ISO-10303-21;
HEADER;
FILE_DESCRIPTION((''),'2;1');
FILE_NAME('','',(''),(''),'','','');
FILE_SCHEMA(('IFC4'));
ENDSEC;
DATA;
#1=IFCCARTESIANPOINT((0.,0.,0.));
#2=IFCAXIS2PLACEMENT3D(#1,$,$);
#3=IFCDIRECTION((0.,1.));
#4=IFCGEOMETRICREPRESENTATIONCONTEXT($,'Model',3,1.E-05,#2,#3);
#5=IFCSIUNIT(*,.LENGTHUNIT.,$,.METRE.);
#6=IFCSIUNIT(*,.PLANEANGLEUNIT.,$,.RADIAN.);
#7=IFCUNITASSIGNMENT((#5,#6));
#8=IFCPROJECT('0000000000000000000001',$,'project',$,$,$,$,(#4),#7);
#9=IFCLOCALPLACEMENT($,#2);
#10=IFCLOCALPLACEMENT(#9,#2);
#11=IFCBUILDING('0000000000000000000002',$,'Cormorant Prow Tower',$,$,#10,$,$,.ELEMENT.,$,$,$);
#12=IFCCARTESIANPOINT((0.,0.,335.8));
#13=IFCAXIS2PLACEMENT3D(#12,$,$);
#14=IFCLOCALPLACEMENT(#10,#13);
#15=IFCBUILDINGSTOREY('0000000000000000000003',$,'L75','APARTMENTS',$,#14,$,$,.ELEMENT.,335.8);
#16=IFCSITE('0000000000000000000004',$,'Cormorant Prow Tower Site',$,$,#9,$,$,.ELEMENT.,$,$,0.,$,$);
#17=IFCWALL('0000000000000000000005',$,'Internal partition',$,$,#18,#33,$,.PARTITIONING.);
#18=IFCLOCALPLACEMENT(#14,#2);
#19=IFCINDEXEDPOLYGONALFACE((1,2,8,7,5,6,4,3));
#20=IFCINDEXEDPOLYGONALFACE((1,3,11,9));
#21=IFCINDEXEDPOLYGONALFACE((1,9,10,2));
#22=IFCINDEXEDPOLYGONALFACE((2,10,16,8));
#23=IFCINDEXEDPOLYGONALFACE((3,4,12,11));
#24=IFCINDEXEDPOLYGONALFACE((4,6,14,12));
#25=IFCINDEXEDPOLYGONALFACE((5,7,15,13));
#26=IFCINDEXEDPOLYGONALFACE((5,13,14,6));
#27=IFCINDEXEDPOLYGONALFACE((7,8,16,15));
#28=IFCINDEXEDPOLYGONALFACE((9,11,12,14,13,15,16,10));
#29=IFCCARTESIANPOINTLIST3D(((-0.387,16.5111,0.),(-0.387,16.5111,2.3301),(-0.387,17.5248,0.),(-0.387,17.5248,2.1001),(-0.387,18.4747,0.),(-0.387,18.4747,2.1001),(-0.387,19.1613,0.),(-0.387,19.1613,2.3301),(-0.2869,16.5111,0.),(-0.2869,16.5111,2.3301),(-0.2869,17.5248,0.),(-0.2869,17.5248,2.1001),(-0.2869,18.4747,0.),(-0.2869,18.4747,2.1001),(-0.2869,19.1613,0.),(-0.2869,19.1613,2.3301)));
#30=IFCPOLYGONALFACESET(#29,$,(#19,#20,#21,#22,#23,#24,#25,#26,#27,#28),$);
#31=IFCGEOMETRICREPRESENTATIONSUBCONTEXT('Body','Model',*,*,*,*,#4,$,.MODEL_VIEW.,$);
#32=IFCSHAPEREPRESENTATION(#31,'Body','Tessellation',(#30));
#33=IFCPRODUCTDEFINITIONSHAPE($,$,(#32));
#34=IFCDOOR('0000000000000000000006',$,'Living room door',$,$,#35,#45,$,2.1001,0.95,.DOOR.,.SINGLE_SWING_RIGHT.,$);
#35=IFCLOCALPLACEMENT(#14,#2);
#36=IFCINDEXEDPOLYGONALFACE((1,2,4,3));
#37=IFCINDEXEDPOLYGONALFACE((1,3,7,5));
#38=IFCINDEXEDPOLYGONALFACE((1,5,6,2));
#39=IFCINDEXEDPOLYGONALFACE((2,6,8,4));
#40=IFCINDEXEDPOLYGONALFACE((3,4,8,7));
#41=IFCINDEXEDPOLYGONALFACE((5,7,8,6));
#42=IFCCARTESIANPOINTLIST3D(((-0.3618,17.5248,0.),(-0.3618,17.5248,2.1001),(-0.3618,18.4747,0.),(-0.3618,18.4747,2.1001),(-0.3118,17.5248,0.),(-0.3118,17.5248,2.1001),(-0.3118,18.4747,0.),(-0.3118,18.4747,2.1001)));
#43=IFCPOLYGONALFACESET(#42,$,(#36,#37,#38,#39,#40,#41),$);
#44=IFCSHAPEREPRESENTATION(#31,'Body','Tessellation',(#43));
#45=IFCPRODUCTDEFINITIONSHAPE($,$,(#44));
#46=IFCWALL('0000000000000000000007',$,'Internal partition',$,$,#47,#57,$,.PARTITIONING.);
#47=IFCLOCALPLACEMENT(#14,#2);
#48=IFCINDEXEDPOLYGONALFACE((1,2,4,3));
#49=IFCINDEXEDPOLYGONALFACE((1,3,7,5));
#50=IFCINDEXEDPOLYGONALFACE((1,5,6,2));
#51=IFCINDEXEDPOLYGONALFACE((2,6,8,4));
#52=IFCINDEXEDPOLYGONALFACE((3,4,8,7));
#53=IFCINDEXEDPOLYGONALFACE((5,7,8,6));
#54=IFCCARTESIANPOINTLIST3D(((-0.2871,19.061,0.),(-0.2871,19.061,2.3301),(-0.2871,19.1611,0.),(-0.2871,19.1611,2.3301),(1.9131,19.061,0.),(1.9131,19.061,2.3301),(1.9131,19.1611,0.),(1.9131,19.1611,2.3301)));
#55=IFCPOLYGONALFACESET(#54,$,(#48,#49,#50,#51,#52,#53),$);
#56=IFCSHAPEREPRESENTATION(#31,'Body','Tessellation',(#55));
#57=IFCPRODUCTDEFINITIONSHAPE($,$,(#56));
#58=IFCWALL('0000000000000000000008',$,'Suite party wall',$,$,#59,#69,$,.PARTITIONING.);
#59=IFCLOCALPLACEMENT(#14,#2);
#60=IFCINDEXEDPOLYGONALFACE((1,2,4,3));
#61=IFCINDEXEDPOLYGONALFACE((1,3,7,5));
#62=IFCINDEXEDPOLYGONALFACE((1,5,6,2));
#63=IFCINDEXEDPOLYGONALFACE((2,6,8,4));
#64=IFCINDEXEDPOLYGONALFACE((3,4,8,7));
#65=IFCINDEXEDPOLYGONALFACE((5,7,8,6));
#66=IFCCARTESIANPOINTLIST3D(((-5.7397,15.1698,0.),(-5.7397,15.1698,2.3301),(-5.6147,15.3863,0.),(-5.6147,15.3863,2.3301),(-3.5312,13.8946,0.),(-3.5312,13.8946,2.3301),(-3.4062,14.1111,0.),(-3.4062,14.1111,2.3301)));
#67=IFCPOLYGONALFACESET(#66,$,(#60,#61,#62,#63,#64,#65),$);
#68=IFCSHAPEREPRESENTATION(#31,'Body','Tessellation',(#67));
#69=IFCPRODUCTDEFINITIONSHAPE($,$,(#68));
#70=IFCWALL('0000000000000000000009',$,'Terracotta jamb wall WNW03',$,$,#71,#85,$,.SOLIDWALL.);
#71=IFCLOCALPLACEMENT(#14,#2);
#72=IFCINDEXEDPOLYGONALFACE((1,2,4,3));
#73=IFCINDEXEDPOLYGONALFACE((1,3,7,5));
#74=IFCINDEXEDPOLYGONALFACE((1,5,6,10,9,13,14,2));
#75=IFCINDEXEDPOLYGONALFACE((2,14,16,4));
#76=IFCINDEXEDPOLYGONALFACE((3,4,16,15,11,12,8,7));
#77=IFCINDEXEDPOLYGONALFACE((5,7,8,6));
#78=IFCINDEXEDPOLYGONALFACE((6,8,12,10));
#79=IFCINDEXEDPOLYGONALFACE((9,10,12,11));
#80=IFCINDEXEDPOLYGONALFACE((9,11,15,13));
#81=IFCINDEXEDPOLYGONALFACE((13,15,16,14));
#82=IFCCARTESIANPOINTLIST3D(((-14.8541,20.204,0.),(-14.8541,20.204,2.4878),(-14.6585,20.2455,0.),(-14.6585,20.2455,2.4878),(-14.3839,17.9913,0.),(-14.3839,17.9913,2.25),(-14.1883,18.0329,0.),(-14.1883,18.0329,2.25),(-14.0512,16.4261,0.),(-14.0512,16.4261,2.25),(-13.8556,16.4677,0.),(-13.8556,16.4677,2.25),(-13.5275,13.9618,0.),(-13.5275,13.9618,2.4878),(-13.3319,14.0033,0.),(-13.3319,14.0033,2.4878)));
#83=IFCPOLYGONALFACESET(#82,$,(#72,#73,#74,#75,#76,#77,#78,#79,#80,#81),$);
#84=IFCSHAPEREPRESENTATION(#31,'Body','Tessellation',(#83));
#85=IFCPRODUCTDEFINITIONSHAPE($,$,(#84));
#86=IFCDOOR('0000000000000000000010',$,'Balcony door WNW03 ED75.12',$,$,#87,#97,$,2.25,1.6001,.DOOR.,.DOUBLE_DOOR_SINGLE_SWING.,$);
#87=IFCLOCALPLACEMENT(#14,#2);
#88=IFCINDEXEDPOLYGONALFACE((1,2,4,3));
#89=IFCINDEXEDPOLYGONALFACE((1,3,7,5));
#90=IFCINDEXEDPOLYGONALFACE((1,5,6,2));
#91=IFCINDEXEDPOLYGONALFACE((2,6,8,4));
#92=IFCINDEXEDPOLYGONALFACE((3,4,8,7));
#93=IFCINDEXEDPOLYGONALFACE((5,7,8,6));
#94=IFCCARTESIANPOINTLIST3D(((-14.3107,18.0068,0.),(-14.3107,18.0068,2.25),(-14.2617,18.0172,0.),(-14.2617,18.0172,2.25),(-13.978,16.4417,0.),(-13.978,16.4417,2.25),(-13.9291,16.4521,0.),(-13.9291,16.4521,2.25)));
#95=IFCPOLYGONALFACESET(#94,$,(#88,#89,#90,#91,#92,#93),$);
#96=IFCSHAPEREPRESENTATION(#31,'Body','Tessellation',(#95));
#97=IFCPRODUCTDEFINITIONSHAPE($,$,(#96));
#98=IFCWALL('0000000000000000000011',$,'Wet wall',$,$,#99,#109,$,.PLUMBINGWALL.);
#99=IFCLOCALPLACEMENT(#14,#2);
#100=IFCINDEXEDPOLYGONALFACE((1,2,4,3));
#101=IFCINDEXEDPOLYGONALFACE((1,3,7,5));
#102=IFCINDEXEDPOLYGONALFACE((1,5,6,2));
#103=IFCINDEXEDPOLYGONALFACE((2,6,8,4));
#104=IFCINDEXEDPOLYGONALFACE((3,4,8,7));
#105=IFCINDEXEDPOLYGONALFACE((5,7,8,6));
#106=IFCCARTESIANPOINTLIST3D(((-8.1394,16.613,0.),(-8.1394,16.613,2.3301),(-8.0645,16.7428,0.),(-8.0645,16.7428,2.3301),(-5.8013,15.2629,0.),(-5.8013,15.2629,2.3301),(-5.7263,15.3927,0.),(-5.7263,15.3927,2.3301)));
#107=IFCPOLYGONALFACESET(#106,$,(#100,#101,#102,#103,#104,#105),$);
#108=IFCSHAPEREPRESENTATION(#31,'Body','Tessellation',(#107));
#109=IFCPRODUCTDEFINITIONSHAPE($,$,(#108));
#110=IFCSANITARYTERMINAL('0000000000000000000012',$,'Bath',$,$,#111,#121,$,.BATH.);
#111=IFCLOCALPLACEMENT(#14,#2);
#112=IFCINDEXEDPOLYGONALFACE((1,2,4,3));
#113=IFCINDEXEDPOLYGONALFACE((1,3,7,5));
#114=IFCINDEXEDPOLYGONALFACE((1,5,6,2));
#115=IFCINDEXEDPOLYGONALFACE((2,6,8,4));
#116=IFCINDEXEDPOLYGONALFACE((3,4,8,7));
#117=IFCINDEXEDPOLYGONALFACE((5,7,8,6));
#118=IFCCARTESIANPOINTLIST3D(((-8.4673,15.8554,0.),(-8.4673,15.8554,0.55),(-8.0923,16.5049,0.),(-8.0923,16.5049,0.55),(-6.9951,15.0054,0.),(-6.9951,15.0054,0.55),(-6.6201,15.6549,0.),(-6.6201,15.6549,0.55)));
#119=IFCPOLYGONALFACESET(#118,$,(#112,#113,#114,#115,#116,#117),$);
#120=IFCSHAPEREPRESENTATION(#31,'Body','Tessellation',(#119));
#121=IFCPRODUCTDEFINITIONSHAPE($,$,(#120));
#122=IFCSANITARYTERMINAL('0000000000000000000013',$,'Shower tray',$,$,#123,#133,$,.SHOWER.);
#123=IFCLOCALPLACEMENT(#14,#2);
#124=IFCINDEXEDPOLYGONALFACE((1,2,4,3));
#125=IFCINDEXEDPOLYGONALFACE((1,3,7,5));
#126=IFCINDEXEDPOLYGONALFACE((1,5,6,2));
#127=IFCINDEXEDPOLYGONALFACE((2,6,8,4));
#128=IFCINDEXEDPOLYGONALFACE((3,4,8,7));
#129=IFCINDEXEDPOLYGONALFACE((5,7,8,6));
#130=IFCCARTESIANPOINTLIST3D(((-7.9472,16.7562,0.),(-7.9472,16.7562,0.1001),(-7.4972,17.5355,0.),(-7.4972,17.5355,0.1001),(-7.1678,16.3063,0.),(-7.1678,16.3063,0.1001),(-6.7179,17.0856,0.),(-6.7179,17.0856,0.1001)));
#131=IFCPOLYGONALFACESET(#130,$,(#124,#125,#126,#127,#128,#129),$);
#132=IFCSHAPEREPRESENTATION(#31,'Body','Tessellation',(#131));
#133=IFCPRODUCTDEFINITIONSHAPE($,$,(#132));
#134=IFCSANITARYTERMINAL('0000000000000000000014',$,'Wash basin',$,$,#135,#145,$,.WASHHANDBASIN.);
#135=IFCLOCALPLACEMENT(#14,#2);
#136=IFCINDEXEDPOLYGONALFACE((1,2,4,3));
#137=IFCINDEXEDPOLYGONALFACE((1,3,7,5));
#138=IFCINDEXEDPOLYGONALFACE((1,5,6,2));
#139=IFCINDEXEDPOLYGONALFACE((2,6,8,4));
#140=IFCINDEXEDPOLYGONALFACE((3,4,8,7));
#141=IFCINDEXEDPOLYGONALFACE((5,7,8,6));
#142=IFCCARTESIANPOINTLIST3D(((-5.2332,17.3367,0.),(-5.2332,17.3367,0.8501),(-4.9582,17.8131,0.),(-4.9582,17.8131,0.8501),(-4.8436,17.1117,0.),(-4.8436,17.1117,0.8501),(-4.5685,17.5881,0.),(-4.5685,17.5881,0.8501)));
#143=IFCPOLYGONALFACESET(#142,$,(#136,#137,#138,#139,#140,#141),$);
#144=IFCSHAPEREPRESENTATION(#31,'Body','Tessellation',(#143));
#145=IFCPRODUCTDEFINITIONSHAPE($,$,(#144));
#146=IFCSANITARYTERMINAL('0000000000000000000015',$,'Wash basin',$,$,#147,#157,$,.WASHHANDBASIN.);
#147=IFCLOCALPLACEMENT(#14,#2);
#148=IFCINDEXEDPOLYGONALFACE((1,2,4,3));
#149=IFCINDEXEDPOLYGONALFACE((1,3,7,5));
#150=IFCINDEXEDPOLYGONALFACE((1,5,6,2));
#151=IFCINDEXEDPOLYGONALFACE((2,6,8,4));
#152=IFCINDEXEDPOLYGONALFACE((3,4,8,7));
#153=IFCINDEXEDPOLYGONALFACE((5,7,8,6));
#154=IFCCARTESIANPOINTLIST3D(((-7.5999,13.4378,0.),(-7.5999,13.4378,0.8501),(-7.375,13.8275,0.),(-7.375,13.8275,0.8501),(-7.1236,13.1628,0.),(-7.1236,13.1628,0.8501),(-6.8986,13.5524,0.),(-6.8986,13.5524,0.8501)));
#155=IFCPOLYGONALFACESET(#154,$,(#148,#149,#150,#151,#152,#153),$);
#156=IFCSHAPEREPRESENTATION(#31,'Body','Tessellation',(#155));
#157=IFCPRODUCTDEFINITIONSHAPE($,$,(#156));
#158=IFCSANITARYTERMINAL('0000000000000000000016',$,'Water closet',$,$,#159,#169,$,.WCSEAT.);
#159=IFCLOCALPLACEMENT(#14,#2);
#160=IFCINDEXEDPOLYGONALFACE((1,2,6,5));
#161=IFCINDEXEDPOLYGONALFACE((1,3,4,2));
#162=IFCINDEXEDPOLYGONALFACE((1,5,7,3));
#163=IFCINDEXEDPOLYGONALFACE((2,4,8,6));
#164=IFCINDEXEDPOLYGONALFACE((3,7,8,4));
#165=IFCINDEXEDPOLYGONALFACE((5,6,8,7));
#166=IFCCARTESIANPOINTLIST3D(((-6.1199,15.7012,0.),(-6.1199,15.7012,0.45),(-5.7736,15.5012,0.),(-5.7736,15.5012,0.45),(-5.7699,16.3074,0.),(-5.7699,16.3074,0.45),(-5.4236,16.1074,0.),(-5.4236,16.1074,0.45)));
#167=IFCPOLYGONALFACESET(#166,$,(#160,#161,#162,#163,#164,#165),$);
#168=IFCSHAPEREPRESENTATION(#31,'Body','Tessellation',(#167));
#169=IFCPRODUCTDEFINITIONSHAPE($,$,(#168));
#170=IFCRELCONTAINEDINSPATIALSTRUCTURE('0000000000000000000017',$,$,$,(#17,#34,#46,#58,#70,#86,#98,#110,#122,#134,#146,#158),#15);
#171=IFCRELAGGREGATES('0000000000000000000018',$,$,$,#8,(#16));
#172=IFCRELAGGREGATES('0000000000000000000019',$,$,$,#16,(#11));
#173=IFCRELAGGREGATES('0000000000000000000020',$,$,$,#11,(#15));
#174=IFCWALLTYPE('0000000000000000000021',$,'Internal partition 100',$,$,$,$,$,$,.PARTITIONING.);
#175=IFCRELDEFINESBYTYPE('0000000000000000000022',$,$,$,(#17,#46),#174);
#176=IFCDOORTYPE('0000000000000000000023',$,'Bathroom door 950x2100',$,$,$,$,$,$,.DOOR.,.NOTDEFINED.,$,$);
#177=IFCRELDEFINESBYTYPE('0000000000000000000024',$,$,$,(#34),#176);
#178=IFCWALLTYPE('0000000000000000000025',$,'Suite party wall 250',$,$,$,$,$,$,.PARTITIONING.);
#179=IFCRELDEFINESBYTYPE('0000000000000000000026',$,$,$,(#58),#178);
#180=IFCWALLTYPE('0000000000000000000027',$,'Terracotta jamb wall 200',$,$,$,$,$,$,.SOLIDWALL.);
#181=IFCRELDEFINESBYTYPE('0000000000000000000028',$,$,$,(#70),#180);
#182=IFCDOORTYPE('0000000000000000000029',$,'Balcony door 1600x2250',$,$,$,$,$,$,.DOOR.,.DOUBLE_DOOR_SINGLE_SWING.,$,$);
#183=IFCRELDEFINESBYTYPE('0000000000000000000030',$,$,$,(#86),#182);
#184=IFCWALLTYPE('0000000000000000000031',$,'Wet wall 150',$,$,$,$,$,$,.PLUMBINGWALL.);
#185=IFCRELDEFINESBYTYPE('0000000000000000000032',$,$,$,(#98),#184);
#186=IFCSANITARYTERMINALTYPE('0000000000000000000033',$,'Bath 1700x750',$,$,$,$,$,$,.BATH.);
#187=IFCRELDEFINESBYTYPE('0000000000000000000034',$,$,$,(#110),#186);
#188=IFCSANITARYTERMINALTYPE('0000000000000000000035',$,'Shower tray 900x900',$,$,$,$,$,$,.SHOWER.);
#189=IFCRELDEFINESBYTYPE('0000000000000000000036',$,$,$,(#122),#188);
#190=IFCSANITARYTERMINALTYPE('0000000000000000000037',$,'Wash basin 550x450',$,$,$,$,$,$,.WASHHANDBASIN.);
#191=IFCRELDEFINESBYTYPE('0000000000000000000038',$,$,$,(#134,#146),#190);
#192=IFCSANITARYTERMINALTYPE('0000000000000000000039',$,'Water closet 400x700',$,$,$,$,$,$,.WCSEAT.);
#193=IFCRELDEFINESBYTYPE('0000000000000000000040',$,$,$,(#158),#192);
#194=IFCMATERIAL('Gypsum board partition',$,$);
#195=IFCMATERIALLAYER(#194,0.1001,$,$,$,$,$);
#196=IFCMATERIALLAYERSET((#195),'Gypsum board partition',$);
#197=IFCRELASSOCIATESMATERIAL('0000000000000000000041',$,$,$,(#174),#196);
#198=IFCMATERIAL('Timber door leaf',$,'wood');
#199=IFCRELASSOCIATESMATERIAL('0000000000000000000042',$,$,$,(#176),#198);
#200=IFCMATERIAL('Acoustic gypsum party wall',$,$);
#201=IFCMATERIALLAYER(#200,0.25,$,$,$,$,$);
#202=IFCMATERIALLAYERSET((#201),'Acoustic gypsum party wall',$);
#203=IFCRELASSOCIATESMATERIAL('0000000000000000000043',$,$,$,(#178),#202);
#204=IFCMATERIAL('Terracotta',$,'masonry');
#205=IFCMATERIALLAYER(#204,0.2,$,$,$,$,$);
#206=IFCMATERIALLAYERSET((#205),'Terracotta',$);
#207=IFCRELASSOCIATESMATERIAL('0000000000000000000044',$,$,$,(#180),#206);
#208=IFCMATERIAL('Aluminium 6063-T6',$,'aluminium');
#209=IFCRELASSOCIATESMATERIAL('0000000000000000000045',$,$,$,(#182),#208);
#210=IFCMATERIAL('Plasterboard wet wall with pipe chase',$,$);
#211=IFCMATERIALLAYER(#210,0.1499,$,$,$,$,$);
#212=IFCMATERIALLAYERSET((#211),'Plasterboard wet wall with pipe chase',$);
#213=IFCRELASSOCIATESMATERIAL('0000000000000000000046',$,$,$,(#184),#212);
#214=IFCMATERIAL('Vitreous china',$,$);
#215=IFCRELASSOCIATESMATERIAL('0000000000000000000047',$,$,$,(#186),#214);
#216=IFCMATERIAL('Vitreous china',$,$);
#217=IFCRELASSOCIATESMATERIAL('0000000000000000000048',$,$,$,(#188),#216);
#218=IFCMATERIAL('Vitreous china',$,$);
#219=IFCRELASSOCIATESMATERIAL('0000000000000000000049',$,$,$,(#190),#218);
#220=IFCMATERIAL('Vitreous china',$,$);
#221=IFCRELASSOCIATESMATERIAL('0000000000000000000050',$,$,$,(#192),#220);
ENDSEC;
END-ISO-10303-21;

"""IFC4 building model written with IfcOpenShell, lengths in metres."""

from ifc_helpers import new_model, si_unit, direction, frame, frame_2d, origin, origin_2d, place, context, subcontext, project, spatial, rectangle, extrude, material, layer, layer_set, type_object, element, fill, save


model = new_model("IFC4")

# Units and contexts
model_context = context("Model", 3, precision=1e-05, world=origin(), true_north=direction((0.0, 1.0)))
body_context = subcontext(model_context, "Body", "Model", "MODEL_VIEW")
ifc_project = project(units=[si_unit("LENGTHUNIT", "METRE"), si_unit("PLANEANGLEUNIT", "RADIAN")], contexts=[model_context])

# Site, building, storey
site_placement = place(None, origin())
site = spatial("IfcSite", under=ifc_project, at=site_placement, Name="Cormorant Prow Tower Site", CompositionType="ELEMENT", RefElevation=0.0)
building_placement = place(site_placement, origin())
building = spatial("IfcBuilding", under=site, at=building_placement, Name="Cormorant Prow Tower", CompositionType="ELEMENT")
storey_placement = place(building_placement, frame((0.0, 0.0, 335.8)))
storey = spatial("IfcBuildingStorey", under=building, at=storey_placement, Name="L75", Description="APARTMENTS", CompositionType="ELEMENT", Elevation=335.8)

# Shared definitions
ifc_material_1 = material(Name="Gypsum board partition")
ifc_layer_1 = layer(ifc_material_1, 0.1001)
ifc_layer_set_1 = layer_set([ifc_layer_1], Name="Gypsum board partition")
wall_type_1 = type_object("IfcWallType", Name="Internal partition 100", PredefinedType="PARTITIONING", material=ifc_layer_set_1)
ifc_material_2 = material(Name="Timber door leaf", Category="wood")
door_type_1 = type_object("IfcDoorType", Name="Bathroom door 950x2100", OperationType="NOTDEFINED", PredefinedType="DOOR", material=ifc_material_2)

# Wall, opening, door
wall_1_placement = place(storey_placement, frame((-0.3369, 16.511, 0.0), z_axis=(0.0, 0.0, 1.0), x_axis=(0.0, 1.0, 0.0)))
wall_1 = element("IfcWall", 1, at=wall_1_placement, inside=storey, type_object=wall_type_1, Name="Internal partition", PredefinedType="PARTITIONING", context=body_context, shape_type="SweptSolid", body=[
    extrude(rectangle(XDim=2.6501, YDim=0.1001, at=frame_2d((1.3252, 0.0))), origin(), (0.0, 0.0, 1.0), 2.3301),
])
opening_1_placement = place(wall_1_placement, frame((1.0137, 0.0, 0.0)))
opening_1 = element("IfcOpeningElement", 2, at=opening_1_placement, cuts=wall_1, PredefinedType="OPENING", context=body_context, shape_type="SweptSolid", body=[
    extrude(rectangle(XDim=0.95, YDim=2.1001, at=frame_2d((0.4751, 1.05))), frame((0.0, 0.0601, 0.0), z_axis=(0.0, -1.0, 0.0), x_axis=(1.0, 0.0, 0.0)), (0.0, 0.0, 1.0), 0.1201),
])
door_1_placement = place(opening_1_placement, origin())
door_1 = element("IfcDoor", 3, at=door_1_placement, inside=storey, type_object=door_type_1, Name="Living room door", OperationType="SINGLE_SWING_RIGHT", OverallHeight=2.1001, OverallWidth=0.95, PredefinedType="DOOR", context=body_context, shape_type="SweptSolid", body=[
    extrude(rectangle(XDim=0.95, YDim=2.1001, at=frame_2d((0.4751, 1.05))), frame((0.0, 0.0249, 0.0), z_axis=(0.0, -1.0, 0.0), x_axis=(1.0, 0.0, 0.0)), (0.0, 0.0, 1.0), 0.05),
])
fill(opening_1, door_1)

# Walls
wall_2_placement = place(storey_placement, frame((-0.2871, 19.1111, 0.0), z_axis=(0.0, 0.0, 1.0), x_axis=(1.0, 0.0, 0.0)))
element("IfcWall", 4, at=wall_2_placement, inside=storey, type_object=wall_type_1, Name="Internal partition", PredefinedType="PARTITIONING", context=body_context, shape_type="SweptSolid", body=[
    extrude(rectangle(XDim=2.2002, YDim=0.1001, at=frame_2d((1.1001, 0.0))), origin(), (0.0, 0.0, 1.0), 2.3301),
])
ifc_material_3 = material(Name="Acoustic gypsum party wall")
ifc_layer_2 = layer(ifc_material_3, 0.25)
ifc_layer_set_2 = layer_set([ifc_layer_2], Name="Acoustic gypsum party wall")
wall_type_2 = type_object("IfcWallType", Name="Suite party wall 250", PredefinedType="PARTITIONING", material=ifc_layer_set_2)
wall_3_placement = place(storey_placement, frame((-5.6772, 15.2781, 0.0), z_axis=(0.0, 0.0, 1.0), x_axis=(0.866013, -0.500021, 0.0)))
element("IfcWall", 5, at=wall_3_placement, inside=storey, type_object=wall_type_2, Name="Suite party wall", PredefinedType="PARTITIONING", context=body_context, shape_type="SweptSolid", body=[
    extrude(rectangle(XDim=2.5503, YDim=0.25, at=frame_2d((1.2751, 0.0))), origin(), (0.0, 0.0, 1.0), 2.3301),
])

# Wall, opening, door
ifc_material_4 = material(Name="Terracotta", Category="masonry")
ifc_layer_3 = layer(ifc_material_4, 0.2)
ifc_layer_set_3 = layer_set([ifc_layer_3], Name="Terracotta")
wall_type_3 = type_object("IfcWallType", Name="Terracotta jamb wall 200", PredefinedType="SOLIDWALL", material=ifc_layer_set_3)
wall_4_placement = place(storey_placement, frame((-14.7563, 20.2249, 0.0), z_axis=(0.0, 0.0, 1.0), x_axis=(0.207888, -0.978153, 0.0)))
wall_4 = element("IfcWall", 6, at=wall_4_placement, inside=storey, type_object=wall_type_3, Name="Terracotta jamb wall WNW03", PredefinedType="SOLIDWALL", context=body_context, shape_type="SweptSolid", body=[
    extrude(rectangle(XDim=6.3816, YDim=0.2, at=frame_2d((3.1909, 0.0))), origin(), (0.0, 0.0, 1.0), 2.4878),
])
opening_2_placement = place(wall_4_placement, frame((2.2622, 0.0, 0.0)))
opening_2 = element("IfcOpeningElement", 7, at=opening_2_placement, cuts=wall_4, PredefinedType="OPENING", context=body_context, shape_type="SweptSolid", body=[
    extrude(rectangle(XDim=1.6001, YDim=2.25, at=frame_2d((0.8, 1.125))), frame((0.0, 0.1099, 0.0), z_axis=(0.0, -1.0, 0.0), x_axis=(1.0, 0.0, 0.0)), (0.0, 0.0, 1.0), 0.22),
])
ifc_material_5 = material(Name="Aluminium 6063-T6", Category="aluminium")
door_type_2 = type_object("IfcDoorType", Name="Balcony door 1600x2250", OperationType="DOUBLE_DOOR_SINGLE_SWING", PredefinedType="DOOR", material=ifc_material_5)
door_2_placement = place(opening_2_placement, origin())
door_2 = element("IfcDoor", 8, at=door_2_placement, inside=storey, type_object=door_type_2, Name="Balcony door WNW03 ED75.12", OperationType="DOUBLE_DOOR_SINGLE_SWING", OverallHeight=2.25, OverallWidth=1.6001, PredefinedType="DOOR", context=body_context, shape_type="SweptSolid", body=[
    extrude(rectangle(XDim=1.6001, YDim=2.25, at=frame_2d((0.8, 1.125))), frame((0.0, 0.0249, 0.0), z_axis=(0.0, -1.0, 0.0), x_axis=(1.0, 0.0, 0.0)), (0.0, 0.0, 1.0), 0.05),
])
fill(opening_2, door_2)

# Wall
ifc_material_6 = material(Name="Plasterboard wet wall with pipe chase")
ifc_layer_4 = layer(ifc_material_6, 0.1499)
ifc_layer_set_4 = layer_set([ifc_layer_4], Name="Plasterboard wet wall with pipe chase")
wall_type_4 = type_object("IfcWallType", Name="Wet wall 150", PredefinedType="PLUMBINGWALL", material=ifc_layer_set_4)
wall_5_placement = place(storey_placement, frame((-8.1021, 16.678, 0.0), z_axis=(0.0, 0.0, 1.0), x_axis=(0.865997, -0.500049, 0.0)))
element("IfcWall", 9, at=wall_5_placement, inside=storey, type_object=wall_type_4, Name="Wet wall", PredefinedType="PLUMBINGWALL", context=body_context, shape_type="SweptSolid", body=[
    extrude(rectangle(XDim=2.7, YDim=0.1499, at=frame_2d((1.3501, 0.0))), origin(), (0.0, 0.0, 1.0), 2.3301),
])

# Sanitary terminals
ifc_material_7 = material(Name="Vitreous china")
sanitary_terminal_type_1 = type_object("IfcSanitaryTerminalType", Name="Bath 1700x750", PredefinedType="BATH", material=ifc_material_7)
sanitary_terminal_1_placement = place(storey_placement, frame((-7.5437, 15.7551, 0.0), z_axis=(0.0, 0.0, 1.0), x_axis=(0.866025, -0.5, 0.0)))
element("IfcSanitaryTerminal", 10, at=sanitary_terminal_1_placement, inside=storey, type_object=sanitary_terminal_type_1, Name="Bath", PredefinedType="BATH", context=body_context, shape_type="SweptSolid", body=[
    extrude(rectangle(XDim=1.7, YDim=0.75, at=origin_2d()), origin(), (0.0, 0.0, 1.0), 0.55),
])
ifc_material_8 = material(Name="Vitreous china")
sanitary_terminal_type_2 = type_object("IfcSanitaryTerminalType", Name="Shower tray 900x900", PredefinedType="SHOWER", material=ifc_material_8)
sanitary_terminal_2_placement = place(storey_placement, frame((-7.3325, 16.9209, 0.0), z_axis=(0.0, 0.0, 1.0), x_axis=(0.5, 0.866025, 0.0)))
element("IfcSanitaryTerminal", 11, at=sanitary_terminal_2_placement, inside=storey, type_object=sanitary_terminal_type_2, Name="Shower tray", PredefinedType="SHOWER", context=body_context, shape_type="SweptSolid", body=[
    extrude(rectangle(XDim=0.8999, YDim=0.8999, at=origin_2d()), origin(), (0.0, 0.0, 1.0), 0.1001),
])
ifc_material_9 = material(Name="Vitreous china")
sanitary_terminal_type_3 = type_object("IfcSanitaryTerminalType", Name="Wash basin 550x450", PredefinedType="WASHHANDBASIN", material=ifc_material_9)
for number, where, z_axis, x_axis, name in (
    (12, (-4.9009, 17.4624, 0.0), (0.0, 0.0, 1.0), (-0.5, -0.866025, 0.0), "Wash basin"),
    (13, (-7.2493, 13.4951, 0.0), (0.0, 0.0, 1.0), (-0.866025, 0.5, 0.0), "Wash basin"),
):
    element("IfcSanitaryTerminal", number, at=place(storey_placement, frame(where, z_axis=z_axis, x_axis=x_axis)), inside=storey, type_object=sanitary_terminal_type_3, Name=name, PredefinedType="WASHHANDBASIN", context=body_context, shape_type="SweptSolid", body=[
        extrude(rectangle(XDim=0.55, YDim=0.45, at=origin_2d()), origin(), (0.0, 0.0, 1.0), 0.8501),
    ])
ifc_material_10 = material(Name="Vitreous china")
sanitary_terminal_type_4 = type_object("IfcSanitaryTerminalType", Name="Water closet 400x700", PredefinedType="WCSEAT", material=ifc_material_10)
for number, where, z_axis, x_axis, name in (
    (14, (-5.7717, 15.9043, 0.0), (0.0, 0.0, 1.0), (-0.866025, 0.5, 0.0), "Water closet"),
):
    element("IfcSanitaryTerminal", number, at=place(storey_placement, frame(where, z_axis=z_axis, x_axis=x_axis)), inside=storey, type_object=sanitary_terminal_type_4, Name=name, PredefinedType="WCSEAT", context=body_context, shape_type="SweptSolid", body=[
        extrude(rectangle(XDim=0.3999, YDim=0.7, at=origin_2d()), origin(), (0.0, 0.0, 1.0), 0.45),
    ])

save(model, "model.ifc")
